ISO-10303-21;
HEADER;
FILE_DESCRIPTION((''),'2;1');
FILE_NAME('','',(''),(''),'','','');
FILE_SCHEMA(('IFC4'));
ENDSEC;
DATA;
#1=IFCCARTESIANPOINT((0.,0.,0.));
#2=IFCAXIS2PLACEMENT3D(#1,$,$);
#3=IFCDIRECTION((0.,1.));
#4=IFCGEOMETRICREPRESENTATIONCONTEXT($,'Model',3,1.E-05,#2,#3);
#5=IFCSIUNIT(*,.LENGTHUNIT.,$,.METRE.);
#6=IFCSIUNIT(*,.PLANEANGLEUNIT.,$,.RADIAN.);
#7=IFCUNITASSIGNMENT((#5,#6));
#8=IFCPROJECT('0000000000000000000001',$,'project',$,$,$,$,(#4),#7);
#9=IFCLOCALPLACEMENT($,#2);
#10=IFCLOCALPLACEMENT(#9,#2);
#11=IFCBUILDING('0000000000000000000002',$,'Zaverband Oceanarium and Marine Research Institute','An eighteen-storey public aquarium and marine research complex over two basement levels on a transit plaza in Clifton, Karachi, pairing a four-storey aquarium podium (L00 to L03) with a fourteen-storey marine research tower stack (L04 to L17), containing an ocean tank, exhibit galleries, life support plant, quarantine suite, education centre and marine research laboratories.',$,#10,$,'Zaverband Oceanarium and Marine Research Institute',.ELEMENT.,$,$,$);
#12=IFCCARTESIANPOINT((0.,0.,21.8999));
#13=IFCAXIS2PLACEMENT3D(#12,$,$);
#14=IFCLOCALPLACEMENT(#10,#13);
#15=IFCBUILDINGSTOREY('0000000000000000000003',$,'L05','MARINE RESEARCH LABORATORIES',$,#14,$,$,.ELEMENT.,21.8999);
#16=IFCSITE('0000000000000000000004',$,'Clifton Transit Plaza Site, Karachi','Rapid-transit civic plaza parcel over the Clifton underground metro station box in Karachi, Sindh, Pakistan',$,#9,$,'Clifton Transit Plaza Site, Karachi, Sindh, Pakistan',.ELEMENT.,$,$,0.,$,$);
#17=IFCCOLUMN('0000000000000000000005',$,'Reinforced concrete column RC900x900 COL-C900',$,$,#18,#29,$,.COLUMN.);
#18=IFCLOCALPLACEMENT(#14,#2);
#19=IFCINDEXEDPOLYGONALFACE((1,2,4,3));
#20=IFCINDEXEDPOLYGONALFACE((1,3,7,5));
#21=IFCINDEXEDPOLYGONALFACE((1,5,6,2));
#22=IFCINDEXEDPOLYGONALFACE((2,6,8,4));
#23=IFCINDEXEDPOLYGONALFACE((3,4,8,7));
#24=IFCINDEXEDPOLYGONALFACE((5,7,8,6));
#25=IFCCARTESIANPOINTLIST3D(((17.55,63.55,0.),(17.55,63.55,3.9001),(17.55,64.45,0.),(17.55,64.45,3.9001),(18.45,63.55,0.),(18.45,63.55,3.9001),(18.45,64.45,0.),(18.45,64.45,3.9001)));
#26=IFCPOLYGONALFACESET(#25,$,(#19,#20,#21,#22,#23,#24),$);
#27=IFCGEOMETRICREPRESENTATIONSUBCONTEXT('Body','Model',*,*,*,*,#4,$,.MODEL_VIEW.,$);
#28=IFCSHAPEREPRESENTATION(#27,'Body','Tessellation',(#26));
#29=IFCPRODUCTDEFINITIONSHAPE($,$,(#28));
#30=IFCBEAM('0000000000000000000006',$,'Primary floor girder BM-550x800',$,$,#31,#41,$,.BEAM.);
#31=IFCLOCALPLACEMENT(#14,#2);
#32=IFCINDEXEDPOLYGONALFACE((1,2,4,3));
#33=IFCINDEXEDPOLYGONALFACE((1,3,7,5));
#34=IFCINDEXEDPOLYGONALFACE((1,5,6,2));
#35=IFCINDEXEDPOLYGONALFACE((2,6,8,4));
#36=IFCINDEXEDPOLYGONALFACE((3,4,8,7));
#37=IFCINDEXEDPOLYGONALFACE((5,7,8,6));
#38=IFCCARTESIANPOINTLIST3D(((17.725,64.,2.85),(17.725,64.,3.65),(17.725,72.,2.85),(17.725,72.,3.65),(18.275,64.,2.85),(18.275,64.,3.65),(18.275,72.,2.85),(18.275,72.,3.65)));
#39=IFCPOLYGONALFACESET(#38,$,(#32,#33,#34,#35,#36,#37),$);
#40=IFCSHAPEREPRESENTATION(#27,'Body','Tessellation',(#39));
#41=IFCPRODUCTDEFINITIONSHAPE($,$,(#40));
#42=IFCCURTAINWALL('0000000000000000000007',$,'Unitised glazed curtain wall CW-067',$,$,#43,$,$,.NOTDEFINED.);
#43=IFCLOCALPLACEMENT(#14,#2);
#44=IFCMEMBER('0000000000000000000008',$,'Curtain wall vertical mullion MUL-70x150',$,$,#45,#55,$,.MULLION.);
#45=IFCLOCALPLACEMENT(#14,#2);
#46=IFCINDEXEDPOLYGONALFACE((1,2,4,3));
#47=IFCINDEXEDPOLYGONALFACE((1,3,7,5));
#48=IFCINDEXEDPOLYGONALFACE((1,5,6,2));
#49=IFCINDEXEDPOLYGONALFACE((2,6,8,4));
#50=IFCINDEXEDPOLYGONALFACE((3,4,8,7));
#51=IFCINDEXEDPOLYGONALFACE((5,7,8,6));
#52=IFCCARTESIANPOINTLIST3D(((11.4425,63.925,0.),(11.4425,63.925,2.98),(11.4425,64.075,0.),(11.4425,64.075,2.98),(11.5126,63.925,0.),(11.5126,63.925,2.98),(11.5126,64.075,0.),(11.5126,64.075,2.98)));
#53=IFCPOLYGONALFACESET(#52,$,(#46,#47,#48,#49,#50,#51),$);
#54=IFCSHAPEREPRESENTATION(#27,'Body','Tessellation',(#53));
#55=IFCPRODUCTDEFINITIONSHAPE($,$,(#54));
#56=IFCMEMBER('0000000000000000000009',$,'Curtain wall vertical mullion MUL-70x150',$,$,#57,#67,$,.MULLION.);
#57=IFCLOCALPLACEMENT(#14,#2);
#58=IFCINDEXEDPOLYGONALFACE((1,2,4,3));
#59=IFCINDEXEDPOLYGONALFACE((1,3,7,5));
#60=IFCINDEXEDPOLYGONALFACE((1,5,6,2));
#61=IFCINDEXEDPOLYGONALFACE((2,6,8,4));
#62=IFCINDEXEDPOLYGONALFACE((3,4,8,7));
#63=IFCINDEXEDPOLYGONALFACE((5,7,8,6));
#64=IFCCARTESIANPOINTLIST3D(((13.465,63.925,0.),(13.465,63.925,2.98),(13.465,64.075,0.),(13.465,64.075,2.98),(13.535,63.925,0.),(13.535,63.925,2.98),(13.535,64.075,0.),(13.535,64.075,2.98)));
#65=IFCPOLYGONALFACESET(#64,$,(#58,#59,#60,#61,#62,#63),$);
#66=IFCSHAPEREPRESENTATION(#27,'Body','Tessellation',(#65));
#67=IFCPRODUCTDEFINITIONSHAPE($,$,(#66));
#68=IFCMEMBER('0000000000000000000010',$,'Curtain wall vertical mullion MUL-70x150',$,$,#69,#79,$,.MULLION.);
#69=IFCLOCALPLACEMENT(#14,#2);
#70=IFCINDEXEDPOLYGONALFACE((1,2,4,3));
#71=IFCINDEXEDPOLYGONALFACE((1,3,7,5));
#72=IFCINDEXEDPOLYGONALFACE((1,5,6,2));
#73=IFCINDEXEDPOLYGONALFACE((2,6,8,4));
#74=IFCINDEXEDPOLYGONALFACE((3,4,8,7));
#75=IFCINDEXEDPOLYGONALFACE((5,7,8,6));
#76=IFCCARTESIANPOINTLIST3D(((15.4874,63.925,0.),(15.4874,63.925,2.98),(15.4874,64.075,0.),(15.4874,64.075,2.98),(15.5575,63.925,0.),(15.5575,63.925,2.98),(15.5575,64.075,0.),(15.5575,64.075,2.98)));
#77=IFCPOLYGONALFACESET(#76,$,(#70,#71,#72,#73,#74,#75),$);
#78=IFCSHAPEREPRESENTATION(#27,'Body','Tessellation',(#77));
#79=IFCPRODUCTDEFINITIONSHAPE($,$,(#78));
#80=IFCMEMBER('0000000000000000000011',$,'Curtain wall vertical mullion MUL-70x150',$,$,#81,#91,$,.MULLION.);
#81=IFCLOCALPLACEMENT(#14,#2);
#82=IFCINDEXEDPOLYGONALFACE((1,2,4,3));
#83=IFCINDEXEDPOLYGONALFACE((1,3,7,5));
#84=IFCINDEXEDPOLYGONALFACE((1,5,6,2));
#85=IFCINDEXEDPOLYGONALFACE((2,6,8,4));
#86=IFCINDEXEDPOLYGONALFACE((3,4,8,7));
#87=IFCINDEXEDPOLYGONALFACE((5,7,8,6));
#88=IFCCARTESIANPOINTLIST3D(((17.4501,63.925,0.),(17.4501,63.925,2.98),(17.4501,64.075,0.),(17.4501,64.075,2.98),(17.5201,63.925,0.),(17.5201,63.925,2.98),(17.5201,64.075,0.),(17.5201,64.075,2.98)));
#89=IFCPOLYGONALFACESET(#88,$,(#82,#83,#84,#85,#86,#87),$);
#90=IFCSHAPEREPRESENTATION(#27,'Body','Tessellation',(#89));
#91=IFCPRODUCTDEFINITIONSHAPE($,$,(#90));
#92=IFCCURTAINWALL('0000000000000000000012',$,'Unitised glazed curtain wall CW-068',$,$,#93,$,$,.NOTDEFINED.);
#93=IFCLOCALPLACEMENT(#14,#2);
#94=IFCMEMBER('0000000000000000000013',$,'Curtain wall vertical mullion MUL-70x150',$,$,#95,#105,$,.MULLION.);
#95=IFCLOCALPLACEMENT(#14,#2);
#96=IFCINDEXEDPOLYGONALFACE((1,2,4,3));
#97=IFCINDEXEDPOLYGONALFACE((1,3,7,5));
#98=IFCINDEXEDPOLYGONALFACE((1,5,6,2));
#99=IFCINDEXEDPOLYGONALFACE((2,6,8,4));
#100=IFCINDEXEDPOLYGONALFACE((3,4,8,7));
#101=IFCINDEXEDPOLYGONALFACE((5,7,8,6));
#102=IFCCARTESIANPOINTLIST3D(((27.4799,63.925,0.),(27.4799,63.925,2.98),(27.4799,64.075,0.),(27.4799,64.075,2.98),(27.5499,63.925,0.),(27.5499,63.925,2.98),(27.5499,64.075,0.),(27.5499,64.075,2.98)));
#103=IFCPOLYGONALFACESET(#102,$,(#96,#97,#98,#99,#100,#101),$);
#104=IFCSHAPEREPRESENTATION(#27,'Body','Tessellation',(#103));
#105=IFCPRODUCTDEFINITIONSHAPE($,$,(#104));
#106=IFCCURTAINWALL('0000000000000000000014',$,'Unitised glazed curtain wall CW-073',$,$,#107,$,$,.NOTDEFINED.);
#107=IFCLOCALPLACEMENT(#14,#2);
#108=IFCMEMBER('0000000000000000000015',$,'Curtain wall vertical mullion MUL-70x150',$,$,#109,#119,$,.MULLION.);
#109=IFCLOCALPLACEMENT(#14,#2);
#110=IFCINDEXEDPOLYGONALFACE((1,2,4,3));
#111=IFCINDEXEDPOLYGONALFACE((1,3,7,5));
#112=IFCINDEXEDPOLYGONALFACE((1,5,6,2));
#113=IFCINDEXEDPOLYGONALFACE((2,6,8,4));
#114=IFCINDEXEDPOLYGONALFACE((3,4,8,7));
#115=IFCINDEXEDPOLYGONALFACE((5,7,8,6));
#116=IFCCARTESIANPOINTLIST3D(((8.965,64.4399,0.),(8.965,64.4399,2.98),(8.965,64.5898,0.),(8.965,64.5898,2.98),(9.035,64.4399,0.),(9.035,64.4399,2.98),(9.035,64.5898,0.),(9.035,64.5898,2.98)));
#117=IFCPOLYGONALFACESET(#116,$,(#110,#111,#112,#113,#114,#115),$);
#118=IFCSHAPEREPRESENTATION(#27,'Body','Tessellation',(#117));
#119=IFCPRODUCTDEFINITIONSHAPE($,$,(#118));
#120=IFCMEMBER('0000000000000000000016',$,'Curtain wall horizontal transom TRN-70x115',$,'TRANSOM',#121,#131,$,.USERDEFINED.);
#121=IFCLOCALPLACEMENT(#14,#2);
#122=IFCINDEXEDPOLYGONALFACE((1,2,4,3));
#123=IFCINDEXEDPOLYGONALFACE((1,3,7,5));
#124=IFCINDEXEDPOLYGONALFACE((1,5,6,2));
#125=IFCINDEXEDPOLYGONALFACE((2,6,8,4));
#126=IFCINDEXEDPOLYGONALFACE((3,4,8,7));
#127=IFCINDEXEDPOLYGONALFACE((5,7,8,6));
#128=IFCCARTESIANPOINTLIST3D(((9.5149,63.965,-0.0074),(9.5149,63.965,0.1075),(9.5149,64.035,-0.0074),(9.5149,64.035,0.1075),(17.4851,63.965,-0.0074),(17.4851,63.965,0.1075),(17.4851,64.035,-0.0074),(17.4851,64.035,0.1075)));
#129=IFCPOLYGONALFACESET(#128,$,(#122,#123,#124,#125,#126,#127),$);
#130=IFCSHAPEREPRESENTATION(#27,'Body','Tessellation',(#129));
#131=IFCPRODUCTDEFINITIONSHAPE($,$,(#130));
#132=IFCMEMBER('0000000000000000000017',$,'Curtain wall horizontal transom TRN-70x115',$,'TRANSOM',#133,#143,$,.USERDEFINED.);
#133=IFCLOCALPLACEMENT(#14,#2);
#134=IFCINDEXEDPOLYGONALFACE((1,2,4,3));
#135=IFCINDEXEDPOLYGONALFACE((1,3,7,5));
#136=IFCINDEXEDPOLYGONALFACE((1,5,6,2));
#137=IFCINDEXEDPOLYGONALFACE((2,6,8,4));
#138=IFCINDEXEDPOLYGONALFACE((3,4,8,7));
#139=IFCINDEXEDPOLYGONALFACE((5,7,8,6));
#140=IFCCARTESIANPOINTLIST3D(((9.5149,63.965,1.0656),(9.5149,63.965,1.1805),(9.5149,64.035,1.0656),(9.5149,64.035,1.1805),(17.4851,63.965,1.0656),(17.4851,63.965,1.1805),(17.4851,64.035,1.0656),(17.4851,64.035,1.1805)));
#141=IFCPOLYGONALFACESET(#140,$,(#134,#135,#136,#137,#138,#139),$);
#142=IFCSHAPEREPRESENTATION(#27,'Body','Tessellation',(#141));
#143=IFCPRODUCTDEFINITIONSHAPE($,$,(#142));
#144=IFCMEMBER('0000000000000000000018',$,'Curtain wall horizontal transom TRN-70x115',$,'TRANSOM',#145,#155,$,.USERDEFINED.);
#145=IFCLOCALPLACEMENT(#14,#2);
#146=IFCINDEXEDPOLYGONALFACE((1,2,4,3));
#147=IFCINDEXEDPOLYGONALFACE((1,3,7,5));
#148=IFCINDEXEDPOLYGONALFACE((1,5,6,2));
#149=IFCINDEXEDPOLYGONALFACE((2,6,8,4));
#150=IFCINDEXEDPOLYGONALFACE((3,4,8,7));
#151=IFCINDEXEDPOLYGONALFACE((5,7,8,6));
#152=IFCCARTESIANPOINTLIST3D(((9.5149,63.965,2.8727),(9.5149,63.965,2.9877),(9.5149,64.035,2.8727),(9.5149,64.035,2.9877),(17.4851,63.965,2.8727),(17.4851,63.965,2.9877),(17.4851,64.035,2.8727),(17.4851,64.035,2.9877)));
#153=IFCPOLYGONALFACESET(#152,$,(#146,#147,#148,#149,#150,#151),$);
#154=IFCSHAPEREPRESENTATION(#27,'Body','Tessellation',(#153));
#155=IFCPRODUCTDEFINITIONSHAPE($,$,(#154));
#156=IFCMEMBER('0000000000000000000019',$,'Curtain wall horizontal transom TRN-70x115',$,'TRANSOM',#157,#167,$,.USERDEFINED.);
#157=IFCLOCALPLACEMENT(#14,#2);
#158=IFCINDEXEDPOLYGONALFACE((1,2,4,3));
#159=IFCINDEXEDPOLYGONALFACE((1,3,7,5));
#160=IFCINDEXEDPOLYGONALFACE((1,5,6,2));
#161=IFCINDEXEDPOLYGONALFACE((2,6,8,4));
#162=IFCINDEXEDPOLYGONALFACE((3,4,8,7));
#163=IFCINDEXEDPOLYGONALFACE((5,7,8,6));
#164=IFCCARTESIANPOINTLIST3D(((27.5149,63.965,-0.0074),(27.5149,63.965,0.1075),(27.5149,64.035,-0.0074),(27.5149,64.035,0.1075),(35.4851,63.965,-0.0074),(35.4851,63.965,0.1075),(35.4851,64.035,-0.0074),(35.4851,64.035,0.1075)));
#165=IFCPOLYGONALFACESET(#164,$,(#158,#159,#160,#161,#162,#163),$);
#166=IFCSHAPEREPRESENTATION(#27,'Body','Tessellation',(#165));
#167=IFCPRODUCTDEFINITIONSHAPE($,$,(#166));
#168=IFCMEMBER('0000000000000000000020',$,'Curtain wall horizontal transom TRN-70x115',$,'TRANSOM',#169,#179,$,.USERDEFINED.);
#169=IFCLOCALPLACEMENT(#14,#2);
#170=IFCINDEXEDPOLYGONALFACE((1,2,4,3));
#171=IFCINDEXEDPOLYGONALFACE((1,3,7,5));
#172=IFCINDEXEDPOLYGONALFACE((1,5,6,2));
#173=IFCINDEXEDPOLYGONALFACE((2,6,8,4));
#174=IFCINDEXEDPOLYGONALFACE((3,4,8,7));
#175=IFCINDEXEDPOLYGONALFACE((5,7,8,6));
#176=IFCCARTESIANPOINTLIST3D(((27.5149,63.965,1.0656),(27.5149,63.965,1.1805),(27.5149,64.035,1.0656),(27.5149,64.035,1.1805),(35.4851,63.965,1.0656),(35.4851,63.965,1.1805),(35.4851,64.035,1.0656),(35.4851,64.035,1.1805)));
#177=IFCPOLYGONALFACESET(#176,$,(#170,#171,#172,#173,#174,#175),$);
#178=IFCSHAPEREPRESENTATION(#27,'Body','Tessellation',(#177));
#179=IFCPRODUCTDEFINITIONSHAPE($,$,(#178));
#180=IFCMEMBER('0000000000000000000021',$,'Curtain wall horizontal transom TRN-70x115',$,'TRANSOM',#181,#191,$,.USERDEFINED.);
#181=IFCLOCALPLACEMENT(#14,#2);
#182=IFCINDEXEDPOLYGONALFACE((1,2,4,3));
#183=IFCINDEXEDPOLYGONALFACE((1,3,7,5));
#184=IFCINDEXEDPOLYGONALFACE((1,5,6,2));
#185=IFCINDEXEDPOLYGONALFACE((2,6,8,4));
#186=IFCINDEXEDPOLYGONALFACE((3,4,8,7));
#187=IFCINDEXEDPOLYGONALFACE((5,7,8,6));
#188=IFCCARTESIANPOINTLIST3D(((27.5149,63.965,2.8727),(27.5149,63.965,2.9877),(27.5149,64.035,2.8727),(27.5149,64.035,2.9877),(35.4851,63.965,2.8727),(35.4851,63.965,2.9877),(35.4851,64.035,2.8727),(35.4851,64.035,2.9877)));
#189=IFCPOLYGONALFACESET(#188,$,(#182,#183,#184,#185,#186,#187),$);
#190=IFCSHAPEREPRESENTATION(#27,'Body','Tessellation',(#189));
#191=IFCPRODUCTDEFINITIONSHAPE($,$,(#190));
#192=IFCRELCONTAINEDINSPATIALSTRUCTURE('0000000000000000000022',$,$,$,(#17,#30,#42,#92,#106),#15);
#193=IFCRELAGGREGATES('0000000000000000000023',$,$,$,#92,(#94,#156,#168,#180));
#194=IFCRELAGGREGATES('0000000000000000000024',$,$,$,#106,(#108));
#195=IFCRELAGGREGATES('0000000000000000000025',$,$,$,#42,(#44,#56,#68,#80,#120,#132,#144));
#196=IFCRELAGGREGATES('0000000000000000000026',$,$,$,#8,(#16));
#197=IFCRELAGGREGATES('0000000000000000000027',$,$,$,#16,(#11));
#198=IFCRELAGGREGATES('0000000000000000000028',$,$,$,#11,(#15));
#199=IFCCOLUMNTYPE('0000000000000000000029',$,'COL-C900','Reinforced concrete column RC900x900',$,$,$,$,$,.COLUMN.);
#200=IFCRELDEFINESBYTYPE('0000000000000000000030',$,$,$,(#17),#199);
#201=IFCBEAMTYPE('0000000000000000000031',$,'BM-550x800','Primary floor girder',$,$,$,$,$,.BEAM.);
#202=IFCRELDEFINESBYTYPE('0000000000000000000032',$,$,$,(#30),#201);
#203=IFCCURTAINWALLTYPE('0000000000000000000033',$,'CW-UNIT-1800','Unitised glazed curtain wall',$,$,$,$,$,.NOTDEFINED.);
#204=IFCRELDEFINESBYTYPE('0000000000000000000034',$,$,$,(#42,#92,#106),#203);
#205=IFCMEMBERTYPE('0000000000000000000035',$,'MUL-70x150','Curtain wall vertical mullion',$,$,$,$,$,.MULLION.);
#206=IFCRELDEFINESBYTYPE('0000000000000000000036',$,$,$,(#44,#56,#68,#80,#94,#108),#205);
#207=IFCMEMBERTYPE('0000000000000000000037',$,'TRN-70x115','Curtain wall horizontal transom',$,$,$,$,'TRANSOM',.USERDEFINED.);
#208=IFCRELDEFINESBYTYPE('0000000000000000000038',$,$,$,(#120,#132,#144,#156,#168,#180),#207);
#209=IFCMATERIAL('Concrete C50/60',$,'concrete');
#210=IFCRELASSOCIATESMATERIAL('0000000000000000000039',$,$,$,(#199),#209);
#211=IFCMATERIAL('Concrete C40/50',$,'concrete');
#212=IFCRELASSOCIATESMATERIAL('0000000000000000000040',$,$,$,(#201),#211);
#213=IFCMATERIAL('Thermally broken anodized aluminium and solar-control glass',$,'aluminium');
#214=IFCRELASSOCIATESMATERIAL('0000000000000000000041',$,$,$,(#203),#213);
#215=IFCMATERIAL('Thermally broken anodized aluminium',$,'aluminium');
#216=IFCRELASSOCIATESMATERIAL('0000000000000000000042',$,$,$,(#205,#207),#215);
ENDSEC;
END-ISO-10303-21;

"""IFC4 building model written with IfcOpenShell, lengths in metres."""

from ifc_helpers import new_model, si_unit, direction, frame, origin, origin_2d, place, context, subcontext, project, spatial, rectangle, extrude, material, material_profile, profile_set, type_object, element, aggregate, save


model = new_model("IFC4")

# Units and contexts
model_context = context("Model", 3, precision=1e-05, world=origin(), true_north=direction((0.0, 1.0)))
body_context = subcontext(model_context, "Body", "Model", "MODEL_VIEW")
ifc_project = project(units=[si_unit("LENGTHUNIT", "METRE"), si_unit("PLANEANGLEUNIT", "RADIAN")], contexts=[model_context])

# Site, building, storey
site_placement = place(None, origin())
site = spatial("IfcSite", under=ifc_project, at=site_placement, Name="Clifton Transit Plaza Site, Karachi", Description="Rapid-transit civic plaza parcel over the Clifton underground metro station box in Karachi, Sindh, Pakistan", LongName="Clifton Transit Plaza Site, Karachi, Sindh, Pakistan", CompositionType="ELEMENT", RefElevation=0.0)
building_placement = place(site_placement, origin())
building = spatial("IfcBuilding", under=site, at=building_placement, Name="Zaverband Oceanarium and Marine Research Institute", Description="An eighteen-storey public aquarium and marine research complex over two basement levels on a transit plaza in Clifton, Karachi, pairing a four-storey aquarium podium (L00 to L03) with a fourteen-storey marine research tower stack (L04 to L17), containing an ocean tank, exhibit galleries, life support plant, quarantine suite, education centre and marine research laboratories.", LongName="Zaverband Oceanarium and Marine Research Institute", CompositionType="ELEMENT")
storey_placement = place(building_placement, frame((0.0, 0.0, 21.8999)))
storey = spatial("IfcBuildingStorey", under=building, at=storey_placement, Name="L05", Description="MARINE RESEARCH LABORATORIES", CompositionType="ELEMENT", Elevation=21.8999)

# Column
ifc_material_1 = material(Name="Concrete C50/60", Category="concrete")
ifc_material_profile_1 = material_profile(ifc_material_1, rectangle(XDim=0.8999, YDim=0.8999, at=origin_2d()), Name="RC900x900")
ifc_profile_set_1 = profile_set([ifc_material_profile_1], Name="Concrete C50/60")
column_type = type_object("IfcColumnType", Name="COL-C900", Description="Reinforced concrete column RC900x900", PredefinedType="COLUMN", material=ifc_profile_set_1)
column_placement = place(storey_placement, frame((18.0, 64.0, 0.0), z_axis=(0.0, 0.0, 1.0), x_axis=(1.0, 0.0, 0.0)))
element("IfcColumn", 1, at=column_placement, inside=storey, type_object=column_type, Name="Reinforced concrete column RC900x900 COL-C900", PredefinedType="COLUMN", context=body_context, shape_type="SweptSolid", body=[
    extrude(rectangle(XDim=0.8999, YDim=0.8999, at=origin_2d()), origin(), (0.0, 0.0, 1.0), 3.9001),
])

# Beam
ifc_material_2 = material(Name="Concrete C40/50", Category="concrete")
ifc_material_profile_2 = material_profile(ifc_material_2, rectangle(XDim=0.55, YDim=0.8, at=origin_2d()), Name="RC550x800")
ifc_profile_set_2 = profile_set([ifc_material_profile_2], Name="Concrete C40/50")
beam_type = type_object("IfcBeamType", Name="BM-550x800", Description="Primary floor girder", PredefinedType="BEAM", material=ifc_profile_set_2)
beam_placement = place(storey_placement, frame((18.0, 64.0, 3.25), z_axis=(0.0, 1.0, 0.0), x_axis=(-1.0, 0.0, 0.0)))
element("IfcBeam", 2, at=beam_placement, inside=storey, type_object=beam_type, Name="Primary floor girder BM-550x800", PredefinedType="BEAM", context=body_context, shape_type="SweptSolid", body=[
    extrude(rectangle(XDim=0.55, YDim=0.8, at=origin_2d()), origin(), (0.0, 0.0, 1.0), 8.0),
])

# Curtain wall, members
ifc_material_3 = material(Name="Thermally broken anodized aluminium and solar-control glass", Category="aluminium")
curtain_wall_type = type_object("IfcCurtainWallType", Name="CW-UNIT-1800", Description="Unitised glazed curtain wall", PredefinedType="NOTDEFINED", material=ifc_material_3)
curtain_wall_1_placement = place(storey_placement, origin())
curtain_wall_1 = element("IfcCurtainWall", 3, at=curtain_wall_1_placement, inside=storey, type_object=curtain_wall_type, Name="Unitised glazed curtain wall CW-067", PredefinedType="NOTDEFINED")
ifc_material_4 = material(Name="Thermally broken anodized aluminium", Category="aluminium")
ifc_material_profile_3 = material_profile(ifc_material_4, rectangle(XDim=0.0701, YDim=0.1499, at=origin_2d()), Name="AL-MUL-70x150")
ifc_profile_set_3 = profile_set([ifc_material_profile_3], Name="Thermally broken anodized aluminium")
member_type_1 = type_object("IfcMemberType", Name="MUL-70x150", Description="Curtain wall vertical mullion", PredefinedType="MULLION", material=ifc_profile_set_3)
member_1_placement = place(storey_placement, frame((11.4775, 64.0, 0.0), z_axis=(0.0, 0.0, 1.0), x_axis=(1.0, 0.0, 0.0)))
member_1 = element("IfcMember", 4, at=member_1_placement, type_object=member_type_1, Name="Curtain wall vertical mullion MUL-70x150", PredefinedType="MULLION", context=body_context, shape_type="SweptSolid", body=[
    extrude(rectangle(XDim=0.0701, YDim=0.1499, at=origin_2d()), origin(), (0.0, 0.0, 1.0), 2.98),
])
member_2_placement = place(storey_placement, frame((13.5, 64.0, 0.0), z_axis=(0.0, 0.0, 1.0), x_axis=(1.0, 0.0, 0.0)))
member_2 = element("IfcMember", 5, at=member_2_placement, type_object=member_type_1, Name="Curtain wall vertical mullion MUL-70x150", PredefinedType="MULLION", context=body_context, shape_type="SweptSolid", body=[
    extrude(rectangle(XDim=0.0701, YDim=0.1499, at=origin_2d()), origin(), (0.0, 0.0, 1.0), 2.98),
])
member_3_placement = place(storey_placement, frame((15.5225, 64.0, 0.0), z_axis=(0.0, 0.0, 1.0), x_axis=(1.0, 0.0, 0.0)))
member_3 = element("IfcMember", 6, at=member_3_placement, type_object=member_type_1, Name="Curtain wall vertical mullion MUL-70x150", PredefinedType="MULLION", context=body_context, shape_type="SweptSolid", body=[
    extrude(rectangle(XDim=0.0701, YDim=0.1499, at=origin_2d()), origin(), (0.0, 0.0, 1.0), 2.98),
])
member_4_placement = place(storey_placement, frame((17.4851, 64.0, 0.0), z_axis=(0.0, 0.0, 1.0), x_axis=(1.0, 0.0, 0.0)))
member_4 = element("IfcMember", 7, at=member_4_placement, type_object=member_type_1, Name="Curtain wall vertical mullion MUL-70x150", PredefinedType="MULLION", context=body_context, shape_type="SweptSolid", body=[
    extrude(rectangle(XDim=0.0701, YDim=0.1499, at=origin_2d()), origin(), (0.0, 0.0, 1.0), 2.98),
])

# Curtain walls, members
curtain_wall_2_placement = place(storey_placement, origin())
curtain_wall_2 = element("IfcCurtainWall", 8, at=curtain_wall_2_placement, inside=storey, type_object=curtain_wall_type, Name="Unitised glazed curtain wall CW-068", PredefinedType="NOTDEFINED")
member_5_placement = place(storey_placement, frame((27.5149, 64.0, 0.0), z_axis=(0.0, 0.0, 1.0), x_axis=(1.0, 0.0, 0.0)))
member_5 = element("IfcMember", 9, at=member_5_placement, type_object=member_type_1, Name="Curtain wall vertical mullion MUL-70x150", PredefinedType="MULLION", context=body_context, shape_type="SweptSolid", body=[
    extrude(rectangle(XDim=0.0701, YDim=0.1499, at=origin_2d()), origin(), (0.0, 0.0, 1.0), 2.98),
])
curtain_wall_3_placement = place(storey_placement, origin())
curtain_wall_3 = element("IfcCurtainWall", 10, at=curtain_wall_3_placement, inside=storey, type_object=curtain_wall_type, Name="Unitised glazed curtain wall CW-073", PredefinedType="NOTDEFINED")
member_6_placement = place(storey_placement, frame((9.0, 64.5149, 0.0), z_axis=(0.0, 0.0, 1.0), x_axis=(1.0, 0.0, 0.0)))
member_6 = element("IfcMember", 11, at=member_6_placement, type_object=member_type_1, Name="Curtain wall vertical mullion MUL-70x150", PredefinedType="MULLION", context=body_context, shape_type="SweptSolid", body=[
    extrude(rectangle(XDim=0.0701, YDim=0.1499, at=origin_2d()), origin(), (0.0, 0.0, 1.0), 2.98),
])

# Members
ifc_material_profile_4 = material_profile(ifc_material_4, rectangle(XDim=0.0701, YDim=0.115, at=origin_2d()), Name="AL-TRN-70x115")
ifc_profile_set_4 = profile_set([ifc_material_profile_4], Name="Thermally broken anodized aluminium")
member_type_2 = type_object("IfcMemberType", Name="TRN-70x115", Description="Curtain wall horizontal transom", ElementType="TRANSOM", PredefinedType="USERDEFINED", material=ifc_profile_set_4)
member_7_placement = place(storey_placement, frame((9.5149, 64.0, 0.05), z_axis=(1.0, 0.0, 0.0), x_axis=(0.0, 1.0, 0.0)))
member_7 = element("IfcMember", 12, at=member_7_placement, type_object=member_type_2, Name="Curtain wall horizontal transom TRN-70x115", ObjectType="TRANSOM", PredefinedType="USERDEFINED", context=body_context, shape_type="SweptSolid", body=[
    extrude(rectangle(XDim=0.0701, YDim=0.115, at=origin_2d()), origin(), (0.0, 0.0, 1.0), 7.9702),
])
member_8_placement = place(storey_placement, frame((9.5149, 64.0, 1.123), z_axis=(1.0, 0.0, 0.0), x_axis=(0.0, 1.0, 0.0)))
member_8 = element("IfcMember", 13, at=member_8_placement, type_object=member_type_2, Name="Curtain wall horizontal transom TRN-70x115", ObjectType="TRANSOM", PredefinedType="USERDEFINED", context=body_context, shape_type="SweptSolid", body=[
    extrude(rectangle(XDim=0.0701, YDim=0.115, at=origin_2d()), origin(), (0.0, 0.0, 1.0), 7.9702),
])
member_9_placement = place(storey_placement, frame((9.5149, 64.0, 2.9302), z_axis=(1.0, 0.0, 0.0), x_axis=(0.0, 1.0, 0.0)))
member_9 = element("IfcMember", 14, at=member_9_placement, type_object=member_type_2, Name="Curtain wall horizontal transom TRN-70x115", ObjectType="TRANSOM", PredefinedType="USERDEFINED", context=body_context, shape_type="SweptSolid", body=[
    extrude(rectangle(XDim=0.0701, YDim=0.115, at=origin_2d()), origin(), (0.0, 0.0, 1.0), 7.9702),
])
member_10_placement = place(storey_placement, frame((27.5149, 64.0, 0.05), z_axis=(1.0, 0.0, 0.0), x_axis=(0.0, 1.0, 0.0)))
member_10 = element("IfcMember", 15, at=member_10_placement, type_object=member_type_2, Name="Curtain wall horizontal transom TRN-70x115", ObjectType="TRANSOM", PredefinedType="USERDEFINED", context=body_context, shape_type="SweptSolid", body=[
    extrude(rectangle(XDim=0.0701, YDim=0.115, at=origin_2d()), origin(), (0.0, 0.0, 1.0), 7.9702),
])
member_11_placement = place(storey_placement, frame((27.5149, 64.0, 1.123), z_axis=(1.0, 0.0, 0.0), x_axis=(0.0, 1.0, 0.0)))
member_11 = element("IfcMember", 16, at=member_11_placement, type_object=member_type_2, Name="Curtain wall horizontal transom TRN-70x115", ObjectType="TRANSOM", PredefinedType="USERDEFINED", context=body_context, shape_type="SweptSolid", body=[
    extrude(rectangle(XDim=0.0701, YDim=0.115, at=origin_2d()), origin(), (0.0, 0.0, 1.0), 7.9702),
])
member_12_placement = place(storey_placement, frame((27.5149, 64.0, 2.9302), z_axis=(1.0, 0.0, 0.0), x_axis=(0.0, 1.0, 0.0)))
member_12 = element("IfcMember", 17, at=member_12_placement, type_object=member_type_2, Name="Curtain wall horizontal transom TRN-70x115", ObjectType="TRANSOM", PredefinedType="USERDEFINED", context=body_context, shape_type="SweptSolid", body=[
    extrude(rectangle(XDim=0.0701, YDim=0.115, at=origin_2d()), origin(), (0.0, 0.0, 1.0), 7.9702),
])
aggregate(curtain_wall_2, [member_5, member_10, member_11, member_12])

aggregate(curtain_wall_3, [member_6])
aggregate(curtain_wall_1, [member_1, member_2, member_3, member_4, member_7, member_8, member_9])

save(model, "model.ifc")
